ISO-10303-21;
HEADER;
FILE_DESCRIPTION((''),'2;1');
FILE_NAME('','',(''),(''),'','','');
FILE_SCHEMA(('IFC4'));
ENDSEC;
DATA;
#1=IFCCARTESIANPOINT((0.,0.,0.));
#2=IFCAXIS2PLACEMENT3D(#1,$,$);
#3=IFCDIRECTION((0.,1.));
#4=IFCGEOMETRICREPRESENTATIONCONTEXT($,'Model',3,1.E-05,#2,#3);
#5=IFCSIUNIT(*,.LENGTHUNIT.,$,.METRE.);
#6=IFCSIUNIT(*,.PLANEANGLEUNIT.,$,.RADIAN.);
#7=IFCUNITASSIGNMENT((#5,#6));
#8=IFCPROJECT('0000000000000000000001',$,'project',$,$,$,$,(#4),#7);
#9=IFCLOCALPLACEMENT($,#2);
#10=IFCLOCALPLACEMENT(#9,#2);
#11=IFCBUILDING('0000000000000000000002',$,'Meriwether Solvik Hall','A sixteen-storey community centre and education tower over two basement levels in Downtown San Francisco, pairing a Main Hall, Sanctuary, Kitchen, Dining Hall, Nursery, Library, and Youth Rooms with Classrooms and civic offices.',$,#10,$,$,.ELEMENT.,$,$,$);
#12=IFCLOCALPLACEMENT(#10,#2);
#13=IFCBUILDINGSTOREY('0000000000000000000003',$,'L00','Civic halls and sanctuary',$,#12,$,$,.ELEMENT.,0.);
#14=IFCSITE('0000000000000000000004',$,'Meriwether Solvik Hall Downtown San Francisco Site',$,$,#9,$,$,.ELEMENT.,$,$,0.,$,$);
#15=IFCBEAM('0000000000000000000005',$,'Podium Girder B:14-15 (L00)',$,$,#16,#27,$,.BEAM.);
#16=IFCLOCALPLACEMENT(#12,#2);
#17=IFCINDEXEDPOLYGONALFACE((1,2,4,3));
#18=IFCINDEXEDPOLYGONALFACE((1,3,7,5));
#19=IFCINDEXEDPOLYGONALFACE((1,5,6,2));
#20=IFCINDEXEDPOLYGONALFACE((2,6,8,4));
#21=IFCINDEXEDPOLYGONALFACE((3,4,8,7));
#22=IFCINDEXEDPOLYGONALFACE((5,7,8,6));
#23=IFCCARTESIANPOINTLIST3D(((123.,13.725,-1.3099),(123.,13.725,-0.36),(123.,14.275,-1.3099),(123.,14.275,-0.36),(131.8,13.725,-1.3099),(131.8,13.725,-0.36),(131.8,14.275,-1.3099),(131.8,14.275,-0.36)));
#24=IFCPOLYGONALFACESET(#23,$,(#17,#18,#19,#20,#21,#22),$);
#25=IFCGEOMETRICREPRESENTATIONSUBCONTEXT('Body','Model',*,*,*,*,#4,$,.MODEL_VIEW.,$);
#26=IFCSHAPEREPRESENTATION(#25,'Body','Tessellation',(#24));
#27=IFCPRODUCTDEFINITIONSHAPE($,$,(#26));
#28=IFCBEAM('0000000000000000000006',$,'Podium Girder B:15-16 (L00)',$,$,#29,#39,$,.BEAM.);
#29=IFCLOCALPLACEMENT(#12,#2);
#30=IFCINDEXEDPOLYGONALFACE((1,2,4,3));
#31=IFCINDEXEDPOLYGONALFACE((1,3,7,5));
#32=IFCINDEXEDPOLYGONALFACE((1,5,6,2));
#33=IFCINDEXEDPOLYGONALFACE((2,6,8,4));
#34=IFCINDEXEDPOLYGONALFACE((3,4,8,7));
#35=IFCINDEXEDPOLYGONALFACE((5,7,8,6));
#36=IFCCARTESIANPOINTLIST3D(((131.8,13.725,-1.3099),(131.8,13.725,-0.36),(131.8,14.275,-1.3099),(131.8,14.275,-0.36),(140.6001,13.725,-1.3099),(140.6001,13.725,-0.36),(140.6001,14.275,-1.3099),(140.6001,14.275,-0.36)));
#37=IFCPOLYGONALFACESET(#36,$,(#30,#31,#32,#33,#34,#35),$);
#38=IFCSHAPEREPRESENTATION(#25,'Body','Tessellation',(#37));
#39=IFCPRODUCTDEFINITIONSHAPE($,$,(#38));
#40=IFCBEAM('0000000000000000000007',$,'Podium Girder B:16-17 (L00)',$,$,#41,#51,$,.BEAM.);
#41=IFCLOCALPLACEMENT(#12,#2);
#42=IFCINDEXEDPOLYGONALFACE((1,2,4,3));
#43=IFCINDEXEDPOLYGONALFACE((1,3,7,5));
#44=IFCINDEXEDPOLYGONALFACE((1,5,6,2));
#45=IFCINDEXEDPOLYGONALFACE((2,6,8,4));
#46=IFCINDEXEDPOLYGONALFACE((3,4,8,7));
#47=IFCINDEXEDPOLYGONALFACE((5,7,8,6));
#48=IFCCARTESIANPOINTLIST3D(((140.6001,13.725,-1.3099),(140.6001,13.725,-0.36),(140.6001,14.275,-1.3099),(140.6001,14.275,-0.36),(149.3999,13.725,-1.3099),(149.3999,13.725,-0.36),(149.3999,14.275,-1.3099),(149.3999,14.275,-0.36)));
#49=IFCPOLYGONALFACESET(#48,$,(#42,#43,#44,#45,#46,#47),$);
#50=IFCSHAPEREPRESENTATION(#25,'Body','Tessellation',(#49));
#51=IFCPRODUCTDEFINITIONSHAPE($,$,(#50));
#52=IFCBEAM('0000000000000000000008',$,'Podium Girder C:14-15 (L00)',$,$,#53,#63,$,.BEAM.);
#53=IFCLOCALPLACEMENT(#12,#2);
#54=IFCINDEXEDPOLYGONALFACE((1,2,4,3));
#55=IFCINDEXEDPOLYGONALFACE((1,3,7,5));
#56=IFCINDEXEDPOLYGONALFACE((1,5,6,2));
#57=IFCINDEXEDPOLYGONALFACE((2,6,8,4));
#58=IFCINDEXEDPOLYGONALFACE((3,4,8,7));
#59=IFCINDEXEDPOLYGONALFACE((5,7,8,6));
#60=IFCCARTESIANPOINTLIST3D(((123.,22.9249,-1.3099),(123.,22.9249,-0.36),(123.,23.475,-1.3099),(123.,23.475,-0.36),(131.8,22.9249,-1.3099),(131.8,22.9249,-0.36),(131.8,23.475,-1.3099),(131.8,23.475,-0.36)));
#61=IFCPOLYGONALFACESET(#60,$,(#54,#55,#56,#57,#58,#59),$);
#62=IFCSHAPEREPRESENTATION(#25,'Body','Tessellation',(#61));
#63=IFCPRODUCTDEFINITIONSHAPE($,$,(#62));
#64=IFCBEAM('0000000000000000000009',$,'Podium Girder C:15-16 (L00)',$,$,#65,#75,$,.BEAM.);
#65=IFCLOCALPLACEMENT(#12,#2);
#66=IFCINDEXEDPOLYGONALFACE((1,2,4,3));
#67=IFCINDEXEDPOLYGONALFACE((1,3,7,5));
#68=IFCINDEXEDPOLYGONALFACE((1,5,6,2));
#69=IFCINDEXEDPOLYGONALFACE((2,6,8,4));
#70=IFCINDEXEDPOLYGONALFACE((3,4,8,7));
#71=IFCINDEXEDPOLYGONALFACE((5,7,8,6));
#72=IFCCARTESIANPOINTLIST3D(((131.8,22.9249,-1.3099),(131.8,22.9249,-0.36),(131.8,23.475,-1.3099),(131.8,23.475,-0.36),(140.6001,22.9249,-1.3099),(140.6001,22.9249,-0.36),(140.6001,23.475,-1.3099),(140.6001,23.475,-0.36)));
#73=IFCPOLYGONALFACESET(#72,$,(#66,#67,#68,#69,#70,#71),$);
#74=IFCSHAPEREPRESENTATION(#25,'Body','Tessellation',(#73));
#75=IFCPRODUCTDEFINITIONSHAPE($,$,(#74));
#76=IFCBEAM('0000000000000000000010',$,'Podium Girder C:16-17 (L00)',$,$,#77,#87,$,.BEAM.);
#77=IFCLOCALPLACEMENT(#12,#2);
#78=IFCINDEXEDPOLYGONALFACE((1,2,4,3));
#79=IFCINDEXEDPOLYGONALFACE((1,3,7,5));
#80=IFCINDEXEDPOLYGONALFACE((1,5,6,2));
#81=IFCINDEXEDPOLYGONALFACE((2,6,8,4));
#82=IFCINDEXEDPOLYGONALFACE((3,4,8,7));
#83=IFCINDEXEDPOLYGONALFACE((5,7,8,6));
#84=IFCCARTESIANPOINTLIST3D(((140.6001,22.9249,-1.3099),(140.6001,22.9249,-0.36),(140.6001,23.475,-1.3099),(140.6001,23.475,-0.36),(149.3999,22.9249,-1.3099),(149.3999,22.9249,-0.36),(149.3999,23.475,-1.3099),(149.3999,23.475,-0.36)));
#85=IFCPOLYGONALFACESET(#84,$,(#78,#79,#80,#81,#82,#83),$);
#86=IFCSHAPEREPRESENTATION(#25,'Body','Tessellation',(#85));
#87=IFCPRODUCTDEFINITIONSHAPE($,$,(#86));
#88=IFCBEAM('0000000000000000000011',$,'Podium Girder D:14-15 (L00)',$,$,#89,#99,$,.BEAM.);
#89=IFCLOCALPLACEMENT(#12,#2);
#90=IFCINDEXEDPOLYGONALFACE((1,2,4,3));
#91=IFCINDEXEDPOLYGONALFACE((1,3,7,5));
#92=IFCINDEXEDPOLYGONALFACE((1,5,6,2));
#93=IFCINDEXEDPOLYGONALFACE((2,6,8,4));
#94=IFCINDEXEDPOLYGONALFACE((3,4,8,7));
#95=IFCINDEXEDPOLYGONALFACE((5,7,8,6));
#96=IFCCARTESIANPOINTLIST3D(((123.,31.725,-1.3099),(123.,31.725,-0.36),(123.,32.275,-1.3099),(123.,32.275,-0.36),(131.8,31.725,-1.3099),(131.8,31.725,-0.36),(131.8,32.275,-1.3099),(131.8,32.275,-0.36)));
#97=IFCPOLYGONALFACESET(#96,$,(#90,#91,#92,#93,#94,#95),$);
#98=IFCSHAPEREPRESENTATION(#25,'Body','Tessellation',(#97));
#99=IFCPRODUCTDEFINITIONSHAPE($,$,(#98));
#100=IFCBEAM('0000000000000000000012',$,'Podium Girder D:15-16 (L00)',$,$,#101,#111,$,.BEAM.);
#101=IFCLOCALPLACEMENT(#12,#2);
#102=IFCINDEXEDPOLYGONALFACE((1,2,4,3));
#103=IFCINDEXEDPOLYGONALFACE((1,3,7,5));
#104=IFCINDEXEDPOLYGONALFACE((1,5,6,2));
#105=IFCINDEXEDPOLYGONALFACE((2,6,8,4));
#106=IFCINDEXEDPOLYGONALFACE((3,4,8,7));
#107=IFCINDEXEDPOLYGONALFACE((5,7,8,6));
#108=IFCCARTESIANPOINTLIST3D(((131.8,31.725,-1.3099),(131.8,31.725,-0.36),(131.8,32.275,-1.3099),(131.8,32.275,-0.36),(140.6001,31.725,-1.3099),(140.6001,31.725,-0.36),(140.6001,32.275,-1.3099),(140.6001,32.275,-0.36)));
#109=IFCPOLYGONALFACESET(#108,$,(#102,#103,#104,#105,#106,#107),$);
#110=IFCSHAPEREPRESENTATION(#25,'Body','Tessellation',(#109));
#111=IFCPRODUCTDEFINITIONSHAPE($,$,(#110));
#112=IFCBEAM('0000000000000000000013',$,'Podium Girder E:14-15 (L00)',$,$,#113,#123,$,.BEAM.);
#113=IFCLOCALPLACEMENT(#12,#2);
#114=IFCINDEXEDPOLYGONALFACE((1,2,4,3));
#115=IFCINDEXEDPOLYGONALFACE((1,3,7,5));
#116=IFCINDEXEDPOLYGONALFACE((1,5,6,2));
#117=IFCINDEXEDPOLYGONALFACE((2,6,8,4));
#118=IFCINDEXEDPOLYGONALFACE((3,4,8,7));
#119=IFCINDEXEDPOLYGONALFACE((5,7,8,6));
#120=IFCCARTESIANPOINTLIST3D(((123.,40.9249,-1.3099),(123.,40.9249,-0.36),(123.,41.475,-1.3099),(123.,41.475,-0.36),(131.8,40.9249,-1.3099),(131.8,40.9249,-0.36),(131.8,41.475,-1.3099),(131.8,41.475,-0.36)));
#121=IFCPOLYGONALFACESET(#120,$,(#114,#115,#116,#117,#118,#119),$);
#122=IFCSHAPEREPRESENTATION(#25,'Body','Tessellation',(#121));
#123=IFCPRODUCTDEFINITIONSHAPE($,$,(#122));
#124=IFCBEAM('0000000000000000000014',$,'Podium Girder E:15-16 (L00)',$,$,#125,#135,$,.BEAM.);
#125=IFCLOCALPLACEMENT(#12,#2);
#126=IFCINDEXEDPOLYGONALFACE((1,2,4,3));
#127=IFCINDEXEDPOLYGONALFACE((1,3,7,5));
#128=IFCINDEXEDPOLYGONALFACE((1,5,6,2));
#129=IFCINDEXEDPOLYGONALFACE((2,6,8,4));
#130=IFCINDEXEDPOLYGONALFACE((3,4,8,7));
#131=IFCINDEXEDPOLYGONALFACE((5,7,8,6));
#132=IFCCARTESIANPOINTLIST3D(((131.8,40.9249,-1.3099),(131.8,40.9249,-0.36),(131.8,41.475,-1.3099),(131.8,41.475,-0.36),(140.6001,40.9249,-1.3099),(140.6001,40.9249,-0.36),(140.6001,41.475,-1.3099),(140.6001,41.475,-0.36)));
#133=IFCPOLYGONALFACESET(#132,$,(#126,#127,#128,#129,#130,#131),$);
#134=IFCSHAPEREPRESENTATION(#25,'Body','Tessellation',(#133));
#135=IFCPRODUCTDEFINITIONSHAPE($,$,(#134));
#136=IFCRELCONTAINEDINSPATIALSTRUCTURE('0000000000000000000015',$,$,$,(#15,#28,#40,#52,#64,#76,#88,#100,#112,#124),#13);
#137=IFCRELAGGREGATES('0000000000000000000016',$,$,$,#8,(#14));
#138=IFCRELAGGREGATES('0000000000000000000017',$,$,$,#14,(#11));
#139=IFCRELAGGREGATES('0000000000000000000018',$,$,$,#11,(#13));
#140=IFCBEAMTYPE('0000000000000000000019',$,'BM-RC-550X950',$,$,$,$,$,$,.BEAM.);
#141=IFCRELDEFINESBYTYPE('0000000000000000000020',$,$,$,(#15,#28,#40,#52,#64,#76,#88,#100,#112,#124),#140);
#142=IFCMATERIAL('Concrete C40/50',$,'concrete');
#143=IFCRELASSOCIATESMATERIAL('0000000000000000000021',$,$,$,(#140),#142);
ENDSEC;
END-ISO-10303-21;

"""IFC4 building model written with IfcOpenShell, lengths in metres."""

from ifc_helpers import new_model, si_unit, direction, frame, origin, origin_2d, place, context, subcontext, project, spatial, rectangle, extrude, material, material_profile, profile_set, type_object, element, save


model = new_model("IFC4")

# Units and contexts
model_context = context("Model", 3, precision=1e-05, world=origin(), true_north=direction((0.0, 1.0)))
body_context = subcontext(model_context, "Body", "Model", "MODEL_VIEW")
ifc_project = project(units=[si_unit("LENGTHUNIT", "METRE"), si_unit("PLANEANGLEUNIT", "RADIAN")], contexts=[model_context])

# Site, building, storey
site_placement = place(None, origin())
site = spatial("IfcSite", under=ifc_project, at=site_placement, Name="Meriwether Solvik Hall Downtown San Francisco Site", CompositionType="ELEMENT", RefElevation=0.0)
building_placement = place(site_placement, origin())
building = spatial("IfcBuilding", under=site, at=building_placement, Name="Meriwether Solvik Hall", Description="A sixteen-storey community centre and education tower over two basement levels in Downtown San Francisco, pairing a Main Hall, Sanctuary, Kitchen, Dining Hall, Nursery, Library, and Youth Rooms with Classrooms and civic offices.", CompositionType="ELEMENT")
storey_placement = place(building_placement, origin())
storey = spatial("IfcBuildingStorey", under=building, at=storey_placement, Name="L00", Description="Civic halls and sanctuary", CompositionType="ELEMENT", Elevation=0.0)

# Beams
ifc_material_1 = material(Name="Concrete C40/50", Category="concrete")
ifc_material_profile_1 = material_profile(ifc_material_1, rectangle(XDim=0.55, YDim=0.95, at=origin_2d()), Name="RCB-550X950")
ifc_profile_set_1 = profile_set([ifc_material_profile_1], Name="Concrete C40/50")
beam_type_1 = type_object("IfcBeamType", Name="BM-RC-550X950", PredefinedType="BEAM", material=ifc_profile_set_1)
for number, where, z_axis, x_axis, name in (
    (1, (123.0, 14.0, -0.835), (1.0, 0.0, 0.0), (0.0, 1.0, 0.0), "Podium Girder B:14-15 (L00)"),
    (2, (131.8, 14.0, -0.835), (1.0, 0.0, 0.0), (0.0, 1.0, 0.0), "Podium Girder B:15-16 (L00)"),
):
    element("IfcBeam", number, at=place(storey_placement, frame(where, z_axis=z_axis, x_axis=x_axis)), inside=storey, type_object=beam_type_1, Name=name, PredefinedType="BEAM", context=body_context, shape_type="SweptSolid", body=[
        extrude(rectangle(XDim=0.55, YDim=0.95, at=origin_2d()), origin(), (0.0, 0.0, 1.0), 8.8),
    ])
beam_1_placement = place(storey_placement, frame((140.6001, 14.0, -0.835), z_axis=(1.0, 0.0, 0.0), x_axis=(0.0, 1.0, 0.0)))
element("IfcBeam", 3, at=beam_1_placement, inside=storey, type_object=beam_type_1, Name="Podium Girder B:16-17 (L00)", PredefinedType="BEAM", context=body_context, shape_type="SweptSolid", body=[
    extrude(rectangle(XDim=0.55, YDim=0.95, at=origin_2d()), origin(), (0.0, 0.0, 1.0), 8.7998),
])
for number, where, z_axis, x_axis, name in (
    (4, (123.0, 23.2, -0.835), (1.0, 0.0, 0.0), (0.0, 1.0, 0.0), "Podium Girder C:14-15 (L00)"),
    (5, (131.8, 23.2, -0.835), (1.0, 0.0, 0.0), (0.0, 1.0, 0.0), "Podium Girder C:15-16 (L00)"),
):
    element("IfcBeam", number, at=place(storey_placement, frame(where, z_axis=z_axis, x_axis=x_axis)), inside=storey, type_object=beam_type_1, Name=name, PredefinedType="BEAM", context=body_context, shape_type="SweptSolid", body=[
        extrude(rectangle(XDim=0.55, YDim=0.95, at=origin_2d()), origin(), (0.0, 0.0, 1.0), 8.8),
    ])
beam_2_placement = place(storey_placement, frame((140.6001, 23.2, -0.835), z_axis=(1.0, 0.0, 0.0), x_axis=(0.0, 1.0, 0.0)))
element("IfcBeam", 6, at=beam_2_placement, inside=storey, type_object=beam_type_1, Name="Podium Girder C:16-17 (L00)", PredefinedType="BEAM", context=body_context, shape_type="SweptSolid", body=[
    extrude(rectangle(XDim=0.55, YDim=0.95, at=origin_2d()), origin(), (0.0, 0.0, 1.0), 8.7998),
])
for number, where, z_axis, x_axis, name in (
    (7, (123.0, 32.0, -0.835), (1.0, 0.0, 0.0), (0.0, 1.0, 0.0), "Podium Girder D:14-15 (L00)"),
    (8, (131.8, 32.0, -0.835), (1.0, 0.0, 0.0), (0.0, 1.0, 0.0), "Podium Girder D:15-16 (L00)"),
    (9, (123.0, 41.2, -0.835), (1.0, 0.0, 0.0), (0.0, 1.0, 0.0), "Podium Girder E:14-15 (L00)"),
    (10, (131.8, 41.2, -0.835), (1.0, 0.0, 0.0), (0.0, 1.0, 0.0), "Podium Girder E:15-16 (L00)"),
):
    element("IfcBeam", number, at=place(storey_placement, frame(where, z_axis=z_axis, x_axis=x_axis)), inside=storey, type_object=beam_type_1, Name=name, PredefinedType="BEAM", context=body_context, shape_type="SweptSolid", body=[
        extrude(rectangle(XDim=0.55, YDim=0.95, at=origin_2d()), origin(), (0.0, 0.0, 1.0), 8.8),
    ])

save(model, "model.ifc")
